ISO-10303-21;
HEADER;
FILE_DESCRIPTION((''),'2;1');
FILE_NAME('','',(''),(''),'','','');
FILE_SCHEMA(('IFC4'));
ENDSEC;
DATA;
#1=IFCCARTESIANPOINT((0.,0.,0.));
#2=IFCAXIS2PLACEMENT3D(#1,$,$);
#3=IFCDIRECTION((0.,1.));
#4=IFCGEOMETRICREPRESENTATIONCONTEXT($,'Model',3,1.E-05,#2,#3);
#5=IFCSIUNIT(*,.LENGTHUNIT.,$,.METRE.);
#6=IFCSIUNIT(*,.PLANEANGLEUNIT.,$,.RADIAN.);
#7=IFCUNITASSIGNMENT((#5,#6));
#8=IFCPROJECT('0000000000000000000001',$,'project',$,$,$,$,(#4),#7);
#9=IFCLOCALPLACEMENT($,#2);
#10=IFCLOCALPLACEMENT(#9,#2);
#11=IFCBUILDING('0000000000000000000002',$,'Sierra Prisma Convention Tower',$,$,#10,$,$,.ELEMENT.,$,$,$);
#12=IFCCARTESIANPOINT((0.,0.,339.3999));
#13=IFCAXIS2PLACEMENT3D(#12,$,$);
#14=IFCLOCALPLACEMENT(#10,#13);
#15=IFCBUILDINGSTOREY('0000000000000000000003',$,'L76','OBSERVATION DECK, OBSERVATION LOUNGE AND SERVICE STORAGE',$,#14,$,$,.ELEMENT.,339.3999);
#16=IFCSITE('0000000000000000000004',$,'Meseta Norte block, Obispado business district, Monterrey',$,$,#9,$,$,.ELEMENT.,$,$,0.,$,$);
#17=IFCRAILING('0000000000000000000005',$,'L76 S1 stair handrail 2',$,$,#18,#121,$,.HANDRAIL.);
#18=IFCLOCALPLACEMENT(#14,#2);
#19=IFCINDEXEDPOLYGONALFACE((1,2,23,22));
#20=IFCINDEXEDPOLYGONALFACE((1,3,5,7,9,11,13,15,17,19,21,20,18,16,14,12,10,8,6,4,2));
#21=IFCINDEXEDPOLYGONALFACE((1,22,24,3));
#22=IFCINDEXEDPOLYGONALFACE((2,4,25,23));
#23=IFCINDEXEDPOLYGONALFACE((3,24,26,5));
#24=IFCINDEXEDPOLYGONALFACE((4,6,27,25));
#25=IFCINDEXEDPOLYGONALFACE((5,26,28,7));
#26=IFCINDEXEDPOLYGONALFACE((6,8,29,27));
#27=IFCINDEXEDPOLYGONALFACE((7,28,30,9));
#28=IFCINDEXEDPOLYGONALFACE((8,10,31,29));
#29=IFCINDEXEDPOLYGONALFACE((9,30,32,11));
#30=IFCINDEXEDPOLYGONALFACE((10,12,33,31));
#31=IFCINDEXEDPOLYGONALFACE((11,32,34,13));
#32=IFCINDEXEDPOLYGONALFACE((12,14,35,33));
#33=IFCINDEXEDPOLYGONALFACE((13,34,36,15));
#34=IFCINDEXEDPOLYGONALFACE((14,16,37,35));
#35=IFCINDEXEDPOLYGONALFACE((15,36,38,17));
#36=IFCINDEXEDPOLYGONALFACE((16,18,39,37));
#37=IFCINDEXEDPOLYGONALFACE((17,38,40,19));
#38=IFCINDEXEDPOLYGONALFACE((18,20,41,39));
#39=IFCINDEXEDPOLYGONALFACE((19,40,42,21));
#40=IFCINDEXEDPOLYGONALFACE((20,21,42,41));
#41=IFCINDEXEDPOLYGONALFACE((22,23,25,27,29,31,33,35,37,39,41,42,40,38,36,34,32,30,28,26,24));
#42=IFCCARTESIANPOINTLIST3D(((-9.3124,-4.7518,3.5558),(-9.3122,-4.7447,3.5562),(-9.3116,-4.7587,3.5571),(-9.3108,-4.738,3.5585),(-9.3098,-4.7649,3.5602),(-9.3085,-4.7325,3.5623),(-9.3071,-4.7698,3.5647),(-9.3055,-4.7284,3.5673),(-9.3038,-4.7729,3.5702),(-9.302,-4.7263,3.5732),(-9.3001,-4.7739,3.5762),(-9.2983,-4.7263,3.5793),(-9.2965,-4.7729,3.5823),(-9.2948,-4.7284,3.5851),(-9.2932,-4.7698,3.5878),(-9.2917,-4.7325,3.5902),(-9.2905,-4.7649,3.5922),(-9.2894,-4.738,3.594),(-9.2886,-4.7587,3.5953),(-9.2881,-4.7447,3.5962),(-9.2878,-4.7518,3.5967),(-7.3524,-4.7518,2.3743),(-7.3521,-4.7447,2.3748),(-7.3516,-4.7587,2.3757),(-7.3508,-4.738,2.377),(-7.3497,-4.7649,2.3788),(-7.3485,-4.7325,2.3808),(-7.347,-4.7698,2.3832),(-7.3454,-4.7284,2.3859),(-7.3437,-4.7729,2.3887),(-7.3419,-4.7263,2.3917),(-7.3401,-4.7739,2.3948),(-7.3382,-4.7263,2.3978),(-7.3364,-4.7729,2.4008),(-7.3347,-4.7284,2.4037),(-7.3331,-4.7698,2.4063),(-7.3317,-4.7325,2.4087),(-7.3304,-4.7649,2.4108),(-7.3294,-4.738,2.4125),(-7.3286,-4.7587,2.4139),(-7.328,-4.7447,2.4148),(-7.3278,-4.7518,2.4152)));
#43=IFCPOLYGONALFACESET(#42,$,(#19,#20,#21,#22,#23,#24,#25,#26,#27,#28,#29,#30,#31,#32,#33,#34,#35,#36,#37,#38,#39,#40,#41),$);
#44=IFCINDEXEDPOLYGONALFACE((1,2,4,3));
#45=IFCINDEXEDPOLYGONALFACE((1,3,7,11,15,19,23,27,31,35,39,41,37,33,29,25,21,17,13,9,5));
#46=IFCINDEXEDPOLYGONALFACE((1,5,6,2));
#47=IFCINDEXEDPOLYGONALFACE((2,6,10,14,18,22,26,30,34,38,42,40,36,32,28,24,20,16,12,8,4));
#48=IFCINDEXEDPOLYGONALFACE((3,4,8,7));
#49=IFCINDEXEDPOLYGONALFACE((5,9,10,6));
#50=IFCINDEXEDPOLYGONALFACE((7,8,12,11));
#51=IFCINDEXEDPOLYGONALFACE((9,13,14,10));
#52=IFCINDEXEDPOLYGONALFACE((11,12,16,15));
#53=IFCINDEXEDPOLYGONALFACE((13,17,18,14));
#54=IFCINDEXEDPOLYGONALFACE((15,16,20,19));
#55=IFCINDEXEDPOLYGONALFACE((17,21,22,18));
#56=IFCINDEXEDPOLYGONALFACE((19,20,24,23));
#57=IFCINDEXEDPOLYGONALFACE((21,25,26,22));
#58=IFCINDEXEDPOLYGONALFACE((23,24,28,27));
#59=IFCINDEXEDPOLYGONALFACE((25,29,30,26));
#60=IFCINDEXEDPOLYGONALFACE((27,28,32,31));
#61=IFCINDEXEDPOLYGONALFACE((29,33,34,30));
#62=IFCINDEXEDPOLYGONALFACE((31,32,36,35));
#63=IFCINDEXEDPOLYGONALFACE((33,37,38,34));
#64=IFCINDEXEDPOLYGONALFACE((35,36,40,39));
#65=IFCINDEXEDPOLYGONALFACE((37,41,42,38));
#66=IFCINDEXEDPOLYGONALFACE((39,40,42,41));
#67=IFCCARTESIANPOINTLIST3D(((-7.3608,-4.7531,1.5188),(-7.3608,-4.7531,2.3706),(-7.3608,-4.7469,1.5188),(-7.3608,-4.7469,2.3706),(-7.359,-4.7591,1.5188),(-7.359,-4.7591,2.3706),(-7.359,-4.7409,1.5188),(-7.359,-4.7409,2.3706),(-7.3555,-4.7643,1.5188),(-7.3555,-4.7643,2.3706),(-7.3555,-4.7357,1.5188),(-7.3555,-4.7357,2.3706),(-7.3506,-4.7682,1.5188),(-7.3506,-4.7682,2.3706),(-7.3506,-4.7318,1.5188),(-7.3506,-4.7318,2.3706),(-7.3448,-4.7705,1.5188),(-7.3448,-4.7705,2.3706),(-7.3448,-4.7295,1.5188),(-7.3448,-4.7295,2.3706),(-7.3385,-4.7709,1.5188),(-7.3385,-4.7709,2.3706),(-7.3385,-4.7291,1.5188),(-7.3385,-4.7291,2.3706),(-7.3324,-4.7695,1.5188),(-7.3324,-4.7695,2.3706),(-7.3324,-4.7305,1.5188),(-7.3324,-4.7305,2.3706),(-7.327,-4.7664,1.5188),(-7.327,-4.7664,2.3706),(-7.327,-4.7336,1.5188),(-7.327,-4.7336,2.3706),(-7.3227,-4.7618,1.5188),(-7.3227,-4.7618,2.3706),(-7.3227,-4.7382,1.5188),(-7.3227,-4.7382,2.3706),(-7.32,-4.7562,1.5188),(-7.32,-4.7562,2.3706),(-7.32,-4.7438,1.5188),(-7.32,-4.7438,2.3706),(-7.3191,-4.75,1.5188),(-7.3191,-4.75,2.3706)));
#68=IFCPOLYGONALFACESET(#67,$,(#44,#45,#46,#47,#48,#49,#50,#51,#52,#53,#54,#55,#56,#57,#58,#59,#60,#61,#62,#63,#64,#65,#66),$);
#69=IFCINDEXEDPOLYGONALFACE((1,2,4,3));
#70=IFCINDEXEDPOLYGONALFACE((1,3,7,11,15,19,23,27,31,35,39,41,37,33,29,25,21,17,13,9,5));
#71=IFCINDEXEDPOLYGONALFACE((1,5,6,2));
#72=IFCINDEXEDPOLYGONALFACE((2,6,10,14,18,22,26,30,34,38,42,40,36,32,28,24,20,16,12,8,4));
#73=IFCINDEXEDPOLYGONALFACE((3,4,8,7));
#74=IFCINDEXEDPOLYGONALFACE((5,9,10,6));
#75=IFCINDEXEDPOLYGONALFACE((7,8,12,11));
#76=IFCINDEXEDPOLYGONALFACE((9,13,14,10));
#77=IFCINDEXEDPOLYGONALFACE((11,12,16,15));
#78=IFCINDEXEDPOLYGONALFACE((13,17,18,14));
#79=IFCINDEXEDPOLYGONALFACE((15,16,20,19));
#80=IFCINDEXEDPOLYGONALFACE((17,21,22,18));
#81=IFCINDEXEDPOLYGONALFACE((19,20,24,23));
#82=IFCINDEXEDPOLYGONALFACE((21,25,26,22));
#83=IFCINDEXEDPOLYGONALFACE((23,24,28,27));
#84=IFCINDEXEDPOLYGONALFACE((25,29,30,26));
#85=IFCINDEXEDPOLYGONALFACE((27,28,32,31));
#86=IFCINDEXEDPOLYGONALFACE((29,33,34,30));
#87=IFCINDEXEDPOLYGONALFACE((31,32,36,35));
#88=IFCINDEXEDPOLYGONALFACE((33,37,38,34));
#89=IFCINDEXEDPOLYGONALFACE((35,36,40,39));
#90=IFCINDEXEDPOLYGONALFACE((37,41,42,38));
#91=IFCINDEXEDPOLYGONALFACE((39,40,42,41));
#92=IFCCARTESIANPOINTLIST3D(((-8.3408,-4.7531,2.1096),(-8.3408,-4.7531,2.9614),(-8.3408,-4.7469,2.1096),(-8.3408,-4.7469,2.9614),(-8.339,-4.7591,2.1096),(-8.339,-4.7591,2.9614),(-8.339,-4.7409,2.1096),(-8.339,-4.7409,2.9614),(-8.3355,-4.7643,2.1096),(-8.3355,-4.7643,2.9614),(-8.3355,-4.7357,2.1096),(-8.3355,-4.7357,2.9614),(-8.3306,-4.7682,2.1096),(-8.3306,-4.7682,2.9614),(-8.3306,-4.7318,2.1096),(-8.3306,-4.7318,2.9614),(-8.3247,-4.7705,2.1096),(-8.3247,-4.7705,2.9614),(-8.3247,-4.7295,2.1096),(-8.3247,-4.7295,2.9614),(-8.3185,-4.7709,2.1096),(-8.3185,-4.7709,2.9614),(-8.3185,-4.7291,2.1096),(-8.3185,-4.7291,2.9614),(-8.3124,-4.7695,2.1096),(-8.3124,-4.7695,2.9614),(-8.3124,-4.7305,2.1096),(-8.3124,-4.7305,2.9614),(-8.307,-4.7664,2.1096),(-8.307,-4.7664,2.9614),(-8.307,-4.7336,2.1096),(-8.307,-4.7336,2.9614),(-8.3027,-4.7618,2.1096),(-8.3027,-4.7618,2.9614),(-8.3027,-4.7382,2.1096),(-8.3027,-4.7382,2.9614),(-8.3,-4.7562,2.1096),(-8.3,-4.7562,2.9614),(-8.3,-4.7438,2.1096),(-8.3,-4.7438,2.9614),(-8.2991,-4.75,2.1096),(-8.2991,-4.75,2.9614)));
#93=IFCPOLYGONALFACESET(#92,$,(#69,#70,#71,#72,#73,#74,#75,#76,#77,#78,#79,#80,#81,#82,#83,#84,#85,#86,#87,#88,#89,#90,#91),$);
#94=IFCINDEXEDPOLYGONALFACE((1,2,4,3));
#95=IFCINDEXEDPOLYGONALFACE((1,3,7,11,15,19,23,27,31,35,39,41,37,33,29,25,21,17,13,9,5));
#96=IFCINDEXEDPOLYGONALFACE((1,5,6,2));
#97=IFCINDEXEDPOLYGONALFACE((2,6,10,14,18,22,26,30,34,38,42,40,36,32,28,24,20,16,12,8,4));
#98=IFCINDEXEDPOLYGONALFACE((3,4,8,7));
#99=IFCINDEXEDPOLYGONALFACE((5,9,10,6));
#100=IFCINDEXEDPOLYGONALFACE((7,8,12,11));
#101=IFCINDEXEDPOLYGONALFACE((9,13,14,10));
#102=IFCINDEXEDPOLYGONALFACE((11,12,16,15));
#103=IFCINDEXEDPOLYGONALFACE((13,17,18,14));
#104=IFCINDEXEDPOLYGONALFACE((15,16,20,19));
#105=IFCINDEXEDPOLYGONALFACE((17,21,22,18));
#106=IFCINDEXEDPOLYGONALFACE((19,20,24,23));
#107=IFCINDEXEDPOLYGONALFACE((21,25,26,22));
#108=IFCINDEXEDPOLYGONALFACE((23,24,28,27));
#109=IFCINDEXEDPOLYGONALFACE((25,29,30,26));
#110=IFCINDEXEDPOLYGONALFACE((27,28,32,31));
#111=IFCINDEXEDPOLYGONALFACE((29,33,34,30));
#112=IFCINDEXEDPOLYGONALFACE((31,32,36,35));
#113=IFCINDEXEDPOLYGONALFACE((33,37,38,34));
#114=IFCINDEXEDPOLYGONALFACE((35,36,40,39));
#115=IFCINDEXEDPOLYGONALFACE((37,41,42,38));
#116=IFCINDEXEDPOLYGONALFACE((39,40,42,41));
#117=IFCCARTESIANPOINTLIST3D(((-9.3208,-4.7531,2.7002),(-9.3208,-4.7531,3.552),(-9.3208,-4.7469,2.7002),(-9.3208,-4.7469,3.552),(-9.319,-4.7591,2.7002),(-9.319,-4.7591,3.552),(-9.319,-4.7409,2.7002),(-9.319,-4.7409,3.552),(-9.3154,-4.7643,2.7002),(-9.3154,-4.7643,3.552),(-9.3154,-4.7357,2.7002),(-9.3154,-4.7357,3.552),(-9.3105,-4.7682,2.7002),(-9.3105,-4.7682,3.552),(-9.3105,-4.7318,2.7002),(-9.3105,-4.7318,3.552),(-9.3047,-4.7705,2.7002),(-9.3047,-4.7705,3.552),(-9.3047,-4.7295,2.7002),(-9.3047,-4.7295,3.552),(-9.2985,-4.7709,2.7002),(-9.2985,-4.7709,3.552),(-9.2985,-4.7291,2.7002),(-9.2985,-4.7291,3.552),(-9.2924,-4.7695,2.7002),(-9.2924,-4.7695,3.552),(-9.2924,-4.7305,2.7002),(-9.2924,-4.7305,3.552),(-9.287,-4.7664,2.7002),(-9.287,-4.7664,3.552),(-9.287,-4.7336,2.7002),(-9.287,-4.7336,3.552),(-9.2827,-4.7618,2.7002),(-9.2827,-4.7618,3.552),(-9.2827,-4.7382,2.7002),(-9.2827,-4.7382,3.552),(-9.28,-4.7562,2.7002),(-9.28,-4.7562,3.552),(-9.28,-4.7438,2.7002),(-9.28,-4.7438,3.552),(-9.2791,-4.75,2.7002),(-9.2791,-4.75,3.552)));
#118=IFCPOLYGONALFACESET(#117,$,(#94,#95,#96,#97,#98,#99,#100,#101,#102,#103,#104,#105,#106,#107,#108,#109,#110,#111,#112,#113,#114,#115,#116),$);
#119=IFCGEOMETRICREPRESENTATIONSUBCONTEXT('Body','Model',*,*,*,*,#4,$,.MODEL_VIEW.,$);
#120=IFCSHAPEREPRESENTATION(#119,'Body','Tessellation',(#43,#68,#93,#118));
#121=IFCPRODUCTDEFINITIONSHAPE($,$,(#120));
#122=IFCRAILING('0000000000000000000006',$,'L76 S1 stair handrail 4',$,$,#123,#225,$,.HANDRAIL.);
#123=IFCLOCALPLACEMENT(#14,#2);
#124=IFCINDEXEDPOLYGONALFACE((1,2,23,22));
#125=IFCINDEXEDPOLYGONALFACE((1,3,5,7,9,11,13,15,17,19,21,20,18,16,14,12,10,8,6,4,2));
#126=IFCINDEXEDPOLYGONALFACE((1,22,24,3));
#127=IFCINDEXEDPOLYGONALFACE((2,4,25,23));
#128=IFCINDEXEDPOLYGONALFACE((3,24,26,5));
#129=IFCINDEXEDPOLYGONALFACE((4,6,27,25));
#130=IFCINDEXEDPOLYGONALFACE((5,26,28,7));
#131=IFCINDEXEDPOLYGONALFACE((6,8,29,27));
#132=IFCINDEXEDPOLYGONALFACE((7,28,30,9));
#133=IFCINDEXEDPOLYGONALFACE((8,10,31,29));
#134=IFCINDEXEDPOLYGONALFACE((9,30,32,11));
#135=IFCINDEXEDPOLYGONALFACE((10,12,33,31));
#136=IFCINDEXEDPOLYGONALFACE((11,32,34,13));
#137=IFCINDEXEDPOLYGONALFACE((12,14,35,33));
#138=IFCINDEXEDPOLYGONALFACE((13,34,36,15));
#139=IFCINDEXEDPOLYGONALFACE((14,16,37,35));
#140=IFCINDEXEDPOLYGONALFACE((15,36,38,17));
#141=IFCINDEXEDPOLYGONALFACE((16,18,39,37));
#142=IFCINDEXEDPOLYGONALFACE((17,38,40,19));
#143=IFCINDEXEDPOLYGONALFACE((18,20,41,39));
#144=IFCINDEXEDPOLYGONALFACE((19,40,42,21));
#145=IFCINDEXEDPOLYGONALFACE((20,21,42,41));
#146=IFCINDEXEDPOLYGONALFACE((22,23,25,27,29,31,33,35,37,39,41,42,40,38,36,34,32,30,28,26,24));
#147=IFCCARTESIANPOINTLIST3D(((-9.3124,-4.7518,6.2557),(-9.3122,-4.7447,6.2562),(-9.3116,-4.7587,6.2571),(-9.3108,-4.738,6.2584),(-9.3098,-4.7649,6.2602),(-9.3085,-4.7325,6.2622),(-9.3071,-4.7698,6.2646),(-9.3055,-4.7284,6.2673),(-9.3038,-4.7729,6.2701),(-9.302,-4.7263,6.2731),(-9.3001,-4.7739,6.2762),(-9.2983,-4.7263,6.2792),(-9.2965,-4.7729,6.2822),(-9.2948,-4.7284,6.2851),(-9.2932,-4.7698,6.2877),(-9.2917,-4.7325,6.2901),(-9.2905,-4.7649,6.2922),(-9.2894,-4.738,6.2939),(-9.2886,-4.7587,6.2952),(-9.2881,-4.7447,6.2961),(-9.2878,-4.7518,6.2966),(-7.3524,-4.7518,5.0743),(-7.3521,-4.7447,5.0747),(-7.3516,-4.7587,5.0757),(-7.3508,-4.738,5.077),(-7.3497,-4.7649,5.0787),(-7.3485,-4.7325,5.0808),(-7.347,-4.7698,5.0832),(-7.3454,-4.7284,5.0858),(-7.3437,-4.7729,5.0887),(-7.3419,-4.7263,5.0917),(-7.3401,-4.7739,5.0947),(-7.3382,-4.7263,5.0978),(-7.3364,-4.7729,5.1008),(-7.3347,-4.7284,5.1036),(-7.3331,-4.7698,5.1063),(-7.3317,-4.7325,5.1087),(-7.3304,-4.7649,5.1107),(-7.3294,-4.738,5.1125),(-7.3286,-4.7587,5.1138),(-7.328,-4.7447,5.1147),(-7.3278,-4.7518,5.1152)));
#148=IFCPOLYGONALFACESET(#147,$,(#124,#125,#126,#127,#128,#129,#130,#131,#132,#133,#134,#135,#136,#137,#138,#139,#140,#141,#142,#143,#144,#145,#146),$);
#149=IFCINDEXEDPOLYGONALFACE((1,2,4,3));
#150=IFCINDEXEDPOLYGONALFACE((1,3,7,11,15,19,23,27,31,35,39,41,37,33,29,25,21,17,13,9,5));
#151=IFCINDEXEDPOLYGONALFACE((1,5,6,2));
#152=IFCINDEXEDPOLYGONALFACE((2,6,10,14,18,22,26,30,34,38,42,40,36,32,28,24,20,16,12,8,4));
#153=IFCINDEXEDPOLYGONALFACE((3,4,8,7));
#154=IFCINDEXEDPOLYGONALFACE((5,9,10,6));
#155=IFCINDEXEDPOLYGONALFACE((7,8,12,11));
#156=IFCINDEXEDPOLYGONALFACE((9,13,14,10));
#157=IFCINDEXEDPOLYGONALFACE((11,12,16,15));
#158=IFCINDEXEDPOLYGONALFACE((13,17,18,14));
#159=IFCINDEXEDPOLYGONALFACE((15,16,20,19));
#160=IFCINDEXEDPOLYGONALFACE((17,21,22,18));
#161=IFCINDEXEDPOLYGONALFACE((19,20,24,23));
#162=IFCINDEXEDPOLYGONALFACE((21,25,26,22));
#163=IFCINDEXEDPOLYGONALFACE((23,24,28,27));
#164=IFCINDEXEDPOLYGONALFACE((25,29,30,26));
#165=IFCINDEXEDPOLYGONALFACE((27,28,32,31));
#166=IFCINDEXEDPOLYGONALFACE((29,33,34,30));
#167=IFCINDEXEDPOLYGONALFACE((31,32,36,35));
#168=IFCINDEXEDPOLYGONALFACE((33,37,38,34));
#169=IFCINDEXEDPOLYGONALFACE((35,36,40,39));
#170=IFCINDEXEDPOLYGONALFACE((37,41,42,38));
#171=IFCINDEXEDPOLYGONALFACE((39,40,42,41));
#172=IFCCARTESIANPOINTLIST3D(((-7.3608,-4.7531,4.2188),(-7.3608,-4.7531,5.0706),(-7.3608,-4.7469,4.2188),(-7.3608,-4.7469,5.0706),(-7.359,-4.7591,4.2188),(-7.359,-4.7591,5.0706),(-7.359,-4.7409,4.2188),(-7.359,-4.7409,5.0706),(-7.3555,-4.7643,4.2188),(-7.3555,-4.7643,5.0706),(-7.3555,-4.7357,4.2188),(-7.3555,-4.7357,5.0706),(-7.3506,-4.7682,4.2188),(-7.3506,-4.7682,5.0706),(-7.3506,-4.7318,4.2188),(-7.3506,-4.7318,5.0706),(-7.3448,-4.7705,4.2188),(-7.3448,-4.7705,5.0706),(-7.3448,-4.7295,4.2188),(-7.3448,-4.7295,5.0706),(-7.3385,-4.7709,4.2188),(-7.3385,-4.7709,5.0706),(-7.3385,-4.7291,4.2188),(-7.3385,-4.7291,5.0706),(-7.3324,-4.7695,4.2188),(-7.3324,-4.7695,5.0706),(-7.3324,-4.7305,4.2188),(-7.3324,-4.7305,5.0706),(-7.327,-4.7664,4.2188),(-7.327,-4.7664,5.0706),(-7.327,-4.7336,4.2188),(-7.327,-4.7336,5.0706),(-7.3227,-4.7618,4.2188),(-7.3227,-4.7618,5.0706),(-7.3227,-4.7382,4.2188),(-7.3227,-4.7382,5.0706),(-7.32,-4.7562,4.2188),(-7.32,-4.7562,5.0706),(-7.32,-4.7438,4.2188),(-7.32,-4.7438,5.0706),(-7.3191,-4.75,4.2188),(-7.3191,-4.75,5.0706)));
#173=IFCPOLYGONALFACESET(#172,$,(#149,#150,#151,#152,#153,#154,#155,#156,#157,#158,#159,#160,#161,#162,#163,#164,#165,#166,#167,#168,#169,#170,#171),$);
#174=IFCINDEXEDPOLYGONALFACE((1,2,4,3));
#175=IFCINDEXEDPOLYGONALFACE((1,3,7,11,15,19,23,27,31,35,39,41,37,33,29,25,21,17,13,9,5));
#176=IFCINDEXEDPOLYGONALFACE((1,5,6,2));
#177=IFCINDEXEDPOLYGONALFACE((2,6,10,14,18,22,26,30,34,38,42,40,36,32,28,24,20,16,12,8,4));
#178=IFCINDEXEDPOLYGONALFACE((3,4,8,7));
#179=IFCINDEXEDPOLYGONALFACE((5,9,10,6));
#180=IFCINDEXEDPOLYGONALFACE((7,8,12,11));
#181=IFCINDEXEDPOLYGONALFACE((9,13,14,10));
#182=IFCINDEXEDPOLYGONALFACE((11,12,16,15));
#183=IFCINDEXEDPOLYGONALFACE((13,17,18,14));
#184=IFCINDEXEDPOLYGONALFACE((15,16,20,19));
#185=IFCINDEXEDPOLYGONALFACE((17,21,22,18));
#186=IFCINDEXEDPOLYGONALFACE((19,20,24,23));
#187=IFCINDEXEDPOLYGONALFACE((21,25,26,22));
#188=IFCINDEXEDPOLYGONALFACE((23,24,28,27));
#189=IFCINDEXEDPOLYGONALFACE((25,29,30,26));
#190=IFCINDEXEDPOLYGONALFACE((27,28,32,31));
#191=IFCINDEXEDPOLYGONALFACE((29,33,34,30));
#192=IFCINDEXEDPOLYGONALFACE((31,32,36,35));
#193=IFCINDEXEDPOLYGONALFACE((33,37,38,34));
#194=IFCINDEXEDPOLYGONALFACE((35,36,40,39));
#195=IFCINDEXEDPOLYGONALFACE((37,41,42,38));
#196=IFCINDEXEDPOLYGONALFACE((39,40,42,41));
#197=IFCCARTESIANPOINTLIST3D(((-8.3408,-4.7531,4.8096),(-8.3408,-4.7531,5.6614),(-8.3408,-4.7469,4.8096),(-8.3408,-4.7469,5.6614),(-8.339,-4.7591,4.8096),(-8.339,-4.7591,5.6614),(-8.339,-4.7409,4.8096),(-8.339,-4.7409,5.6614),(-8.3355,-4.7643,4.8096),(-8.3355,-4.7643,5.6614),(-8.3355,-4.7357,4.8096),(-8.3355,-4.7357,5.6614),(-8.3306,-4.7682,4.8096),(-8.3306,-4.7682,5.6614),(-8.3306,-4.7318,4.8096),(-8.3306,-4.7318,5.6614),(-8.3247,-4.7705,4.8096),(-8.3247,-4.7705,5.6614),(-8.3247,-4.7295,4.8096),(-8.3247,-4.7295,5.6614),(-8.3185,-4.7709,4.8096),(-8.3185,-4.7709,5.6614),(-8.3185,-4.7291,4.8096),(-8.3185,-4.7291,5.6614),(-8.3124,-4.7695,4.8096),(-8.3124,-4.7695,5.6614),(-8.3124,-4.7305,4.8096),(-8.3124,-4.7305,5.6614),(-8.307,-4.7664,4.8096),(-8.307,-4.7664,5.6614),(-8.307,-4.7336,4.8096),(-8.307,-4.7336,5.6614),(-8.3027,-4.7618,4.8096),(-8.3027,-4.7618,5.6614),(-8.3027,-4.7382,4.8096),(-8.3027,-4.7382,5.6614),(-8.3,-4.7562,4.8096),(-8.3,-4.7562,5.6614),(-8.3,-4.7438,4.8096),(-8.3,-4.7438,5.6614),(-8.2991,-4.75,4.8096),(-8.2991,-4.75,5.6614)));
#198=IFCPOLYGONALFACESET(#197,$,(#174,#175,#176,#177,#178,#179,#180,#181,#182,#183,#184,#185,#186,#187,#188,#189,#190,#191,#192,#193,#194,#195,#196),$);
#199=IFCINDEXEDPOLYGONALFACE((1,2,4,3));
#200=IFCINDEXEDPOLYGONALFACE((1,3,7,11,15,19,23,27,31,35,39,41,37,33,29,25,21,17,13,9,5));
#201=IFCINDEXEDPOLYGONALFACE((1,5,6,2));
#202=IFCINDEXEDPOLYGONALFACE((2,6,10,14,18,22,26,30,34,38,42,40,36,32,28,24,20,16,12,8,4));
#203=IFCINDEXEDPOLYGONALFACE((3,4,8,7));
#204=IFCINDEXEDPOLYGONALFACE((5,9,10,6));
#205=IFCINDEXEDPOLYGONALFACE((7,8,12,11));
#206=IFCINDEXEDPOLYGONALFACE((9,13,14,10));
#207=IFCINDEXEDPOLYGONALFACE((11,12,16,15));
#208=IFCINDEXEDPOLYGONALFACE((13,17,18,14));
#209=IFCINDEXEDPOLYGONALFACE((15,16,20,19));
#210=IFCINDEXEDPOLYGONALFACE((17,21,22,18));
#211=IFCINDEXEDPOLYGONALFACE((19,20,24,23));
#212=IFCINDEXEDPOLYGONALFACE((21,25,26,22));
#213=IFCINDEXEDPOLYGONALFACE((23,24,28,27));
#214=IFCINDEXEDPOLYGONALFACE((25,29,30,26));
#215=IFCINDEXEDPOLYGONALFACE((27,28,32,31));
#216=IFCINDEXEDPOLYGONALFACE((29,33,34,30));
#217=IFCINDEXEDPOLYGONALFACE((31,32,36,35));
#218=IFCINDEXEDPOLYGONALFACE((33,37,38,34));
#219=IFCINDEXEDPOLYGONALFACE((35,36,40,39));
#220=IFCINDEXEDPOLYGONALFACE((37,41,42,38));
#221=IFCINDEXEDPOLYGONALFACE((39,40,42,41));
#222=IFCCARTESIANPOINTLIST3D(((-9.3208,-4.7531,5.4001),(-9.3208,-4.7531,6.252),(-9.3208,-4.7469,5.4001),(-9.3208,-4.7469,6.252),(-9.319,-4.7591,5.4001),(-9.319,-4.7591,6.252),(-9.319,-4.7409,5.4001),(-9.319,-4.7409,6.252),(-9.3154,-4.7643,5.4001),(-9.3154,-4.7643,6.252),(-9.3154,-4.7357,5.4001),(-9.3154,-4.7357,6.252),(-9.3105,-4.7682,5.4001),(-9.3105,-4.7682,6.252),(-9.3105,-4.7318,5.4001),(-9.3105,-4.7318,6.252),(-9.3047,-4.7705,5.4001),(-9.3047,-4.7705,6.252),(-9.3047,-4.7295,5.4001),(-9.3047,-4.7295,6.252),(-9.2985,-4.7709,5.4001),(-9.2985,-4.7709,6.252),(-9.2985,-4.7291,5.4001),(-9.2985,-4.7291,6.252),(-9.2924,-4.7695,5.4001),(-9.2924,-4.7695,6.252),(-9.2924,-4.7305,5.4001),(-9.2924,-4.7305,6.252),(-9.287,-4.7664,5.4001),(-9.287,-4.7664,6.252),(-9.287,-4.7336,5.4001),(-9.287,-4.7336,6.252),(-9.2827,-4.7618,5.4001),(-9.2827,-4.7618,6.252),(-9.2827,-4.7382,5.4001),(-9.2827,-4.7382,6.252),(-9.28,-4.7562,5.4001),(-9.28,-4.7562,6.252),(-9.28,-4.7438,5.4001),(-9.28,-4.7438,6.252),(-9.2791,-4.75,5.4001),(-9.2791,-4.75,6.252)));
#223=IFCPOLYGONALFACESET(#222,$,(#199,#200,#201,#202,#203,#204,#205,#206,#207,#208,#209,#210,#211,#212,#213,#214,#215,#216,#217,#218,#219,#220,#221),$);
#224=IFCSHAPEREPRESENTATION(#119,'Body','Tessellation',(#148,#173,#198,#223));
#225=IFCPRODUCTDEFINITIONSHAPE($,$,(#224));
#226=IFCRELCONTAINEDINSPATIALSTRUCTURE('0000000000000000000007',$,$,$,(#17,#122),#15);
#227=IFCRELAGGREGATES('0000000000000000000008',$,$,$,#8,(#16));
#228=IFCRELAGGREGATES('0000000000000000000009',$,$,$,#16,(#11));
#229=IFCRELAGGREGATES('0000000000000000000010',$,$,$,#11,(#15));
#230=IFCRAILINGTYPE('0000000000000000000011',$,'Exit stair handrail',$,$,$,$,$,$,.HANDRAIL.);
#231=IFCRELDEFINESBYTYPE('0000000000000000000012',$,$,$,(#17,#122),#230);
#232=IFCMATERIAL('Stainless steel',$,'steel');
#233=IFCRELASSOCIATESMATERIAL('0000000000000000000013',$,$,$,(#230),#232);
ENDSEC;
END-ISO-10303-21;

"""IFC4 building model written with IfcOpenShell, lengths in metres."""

from ifc_helpers import new_model, si_unit, direction, frame, origin, origin_2d, place, context, subcontext, project, spatial, circle, extrude, material, type_object, element, save


model = new_model("IFC4")

# Units and contexts
model_context = context("Model", 3, precision=1e-05, world=origin(), true_north=direction((0.0, 1.0)))
body_context = subcontext(model_context, "Body", "Model", "MODEL_VIEW")
ifc_project = project(units=[si_unit("LENGTHUNIT", "METRE"), si_unit("PLANEANGLEUNIT", "RADIAN")], contexts=[model_context])

# Site, building, storey
site_placement = place(None, origin())
site = spatial("IfcSite", under=ifc_project, at=site_placement, Name="Meseta Norte block, Obispado business district, Monterrey", CompositionType="ELEMENT", RefElevation=0.0)
building_placement = place(site_placement, origin())
building = spatial("IfcBuilding", under=site, at=building_placement, Name="Sierra Prisma Convention Tower", CompositionType="ELEMENT")
storey_placement = place(building_placement, frame((0.0, 0.0, 339.3999)))
storey = spatial("IfcBuildingStorey", under=building, at=storey_placement, Name="L76", Description="OBSERVATION DECK, OBSERVATION LOUNGE AND SERVICE STORAGE", CompositionType="ELEMENT", Elevation=339.3999)

# Railings
ifc_material_1 = material(Name="Stainless steel", Category="steel")
railing_type_1 = type_object("IfcRailingType", Name="Exit stair handrail", PredefinedType="HANDRAIL", material=ifc_material_1)
for number, where, name in (
    (1, (-7.3401, -4.75, 1.5188), "L76 S1 stair handrail 2"),
    (2, (-7.3401, -4.75, 4.2188), "L76 S1 stair handrail 4"),
):
    element("IfcRailing", number, at=place(storey_placement, frame(where)), inside=storey, type_object=railing_type_1, Name=name, PredefinedType="HANDRAIL", context=body_context, shape_type="SweptSolid", body=[
        extrude(circle(Radius=0.0239, at=origin_2d()), frame((0.0, 0.0, 0.876), z_axis=(-0.856446, 0.0, 0.516236), x_axis=(0.0, -1.0, 0.0)), (0.0, 0.0, 1.0), 2.2886),
        extrude(circle(Radius=0.021, at=origin_2d()), origin(), (0.0, 0.0, 1.0), 0.8518),
        extrude(circle(Radius=0.021, at=origin_2d()), frame((-0.98, 0.0, 0.5908)), (0.0, 0.0, 1.0), 0.8518),
        extrude(circle(Radius=0.021, at=origin_2d()), frame((-1.96, 0.0, 1.1814)), (0.0, 0.0, 1.0), 0.8518),
    ])

save(model, "model.ifc")
